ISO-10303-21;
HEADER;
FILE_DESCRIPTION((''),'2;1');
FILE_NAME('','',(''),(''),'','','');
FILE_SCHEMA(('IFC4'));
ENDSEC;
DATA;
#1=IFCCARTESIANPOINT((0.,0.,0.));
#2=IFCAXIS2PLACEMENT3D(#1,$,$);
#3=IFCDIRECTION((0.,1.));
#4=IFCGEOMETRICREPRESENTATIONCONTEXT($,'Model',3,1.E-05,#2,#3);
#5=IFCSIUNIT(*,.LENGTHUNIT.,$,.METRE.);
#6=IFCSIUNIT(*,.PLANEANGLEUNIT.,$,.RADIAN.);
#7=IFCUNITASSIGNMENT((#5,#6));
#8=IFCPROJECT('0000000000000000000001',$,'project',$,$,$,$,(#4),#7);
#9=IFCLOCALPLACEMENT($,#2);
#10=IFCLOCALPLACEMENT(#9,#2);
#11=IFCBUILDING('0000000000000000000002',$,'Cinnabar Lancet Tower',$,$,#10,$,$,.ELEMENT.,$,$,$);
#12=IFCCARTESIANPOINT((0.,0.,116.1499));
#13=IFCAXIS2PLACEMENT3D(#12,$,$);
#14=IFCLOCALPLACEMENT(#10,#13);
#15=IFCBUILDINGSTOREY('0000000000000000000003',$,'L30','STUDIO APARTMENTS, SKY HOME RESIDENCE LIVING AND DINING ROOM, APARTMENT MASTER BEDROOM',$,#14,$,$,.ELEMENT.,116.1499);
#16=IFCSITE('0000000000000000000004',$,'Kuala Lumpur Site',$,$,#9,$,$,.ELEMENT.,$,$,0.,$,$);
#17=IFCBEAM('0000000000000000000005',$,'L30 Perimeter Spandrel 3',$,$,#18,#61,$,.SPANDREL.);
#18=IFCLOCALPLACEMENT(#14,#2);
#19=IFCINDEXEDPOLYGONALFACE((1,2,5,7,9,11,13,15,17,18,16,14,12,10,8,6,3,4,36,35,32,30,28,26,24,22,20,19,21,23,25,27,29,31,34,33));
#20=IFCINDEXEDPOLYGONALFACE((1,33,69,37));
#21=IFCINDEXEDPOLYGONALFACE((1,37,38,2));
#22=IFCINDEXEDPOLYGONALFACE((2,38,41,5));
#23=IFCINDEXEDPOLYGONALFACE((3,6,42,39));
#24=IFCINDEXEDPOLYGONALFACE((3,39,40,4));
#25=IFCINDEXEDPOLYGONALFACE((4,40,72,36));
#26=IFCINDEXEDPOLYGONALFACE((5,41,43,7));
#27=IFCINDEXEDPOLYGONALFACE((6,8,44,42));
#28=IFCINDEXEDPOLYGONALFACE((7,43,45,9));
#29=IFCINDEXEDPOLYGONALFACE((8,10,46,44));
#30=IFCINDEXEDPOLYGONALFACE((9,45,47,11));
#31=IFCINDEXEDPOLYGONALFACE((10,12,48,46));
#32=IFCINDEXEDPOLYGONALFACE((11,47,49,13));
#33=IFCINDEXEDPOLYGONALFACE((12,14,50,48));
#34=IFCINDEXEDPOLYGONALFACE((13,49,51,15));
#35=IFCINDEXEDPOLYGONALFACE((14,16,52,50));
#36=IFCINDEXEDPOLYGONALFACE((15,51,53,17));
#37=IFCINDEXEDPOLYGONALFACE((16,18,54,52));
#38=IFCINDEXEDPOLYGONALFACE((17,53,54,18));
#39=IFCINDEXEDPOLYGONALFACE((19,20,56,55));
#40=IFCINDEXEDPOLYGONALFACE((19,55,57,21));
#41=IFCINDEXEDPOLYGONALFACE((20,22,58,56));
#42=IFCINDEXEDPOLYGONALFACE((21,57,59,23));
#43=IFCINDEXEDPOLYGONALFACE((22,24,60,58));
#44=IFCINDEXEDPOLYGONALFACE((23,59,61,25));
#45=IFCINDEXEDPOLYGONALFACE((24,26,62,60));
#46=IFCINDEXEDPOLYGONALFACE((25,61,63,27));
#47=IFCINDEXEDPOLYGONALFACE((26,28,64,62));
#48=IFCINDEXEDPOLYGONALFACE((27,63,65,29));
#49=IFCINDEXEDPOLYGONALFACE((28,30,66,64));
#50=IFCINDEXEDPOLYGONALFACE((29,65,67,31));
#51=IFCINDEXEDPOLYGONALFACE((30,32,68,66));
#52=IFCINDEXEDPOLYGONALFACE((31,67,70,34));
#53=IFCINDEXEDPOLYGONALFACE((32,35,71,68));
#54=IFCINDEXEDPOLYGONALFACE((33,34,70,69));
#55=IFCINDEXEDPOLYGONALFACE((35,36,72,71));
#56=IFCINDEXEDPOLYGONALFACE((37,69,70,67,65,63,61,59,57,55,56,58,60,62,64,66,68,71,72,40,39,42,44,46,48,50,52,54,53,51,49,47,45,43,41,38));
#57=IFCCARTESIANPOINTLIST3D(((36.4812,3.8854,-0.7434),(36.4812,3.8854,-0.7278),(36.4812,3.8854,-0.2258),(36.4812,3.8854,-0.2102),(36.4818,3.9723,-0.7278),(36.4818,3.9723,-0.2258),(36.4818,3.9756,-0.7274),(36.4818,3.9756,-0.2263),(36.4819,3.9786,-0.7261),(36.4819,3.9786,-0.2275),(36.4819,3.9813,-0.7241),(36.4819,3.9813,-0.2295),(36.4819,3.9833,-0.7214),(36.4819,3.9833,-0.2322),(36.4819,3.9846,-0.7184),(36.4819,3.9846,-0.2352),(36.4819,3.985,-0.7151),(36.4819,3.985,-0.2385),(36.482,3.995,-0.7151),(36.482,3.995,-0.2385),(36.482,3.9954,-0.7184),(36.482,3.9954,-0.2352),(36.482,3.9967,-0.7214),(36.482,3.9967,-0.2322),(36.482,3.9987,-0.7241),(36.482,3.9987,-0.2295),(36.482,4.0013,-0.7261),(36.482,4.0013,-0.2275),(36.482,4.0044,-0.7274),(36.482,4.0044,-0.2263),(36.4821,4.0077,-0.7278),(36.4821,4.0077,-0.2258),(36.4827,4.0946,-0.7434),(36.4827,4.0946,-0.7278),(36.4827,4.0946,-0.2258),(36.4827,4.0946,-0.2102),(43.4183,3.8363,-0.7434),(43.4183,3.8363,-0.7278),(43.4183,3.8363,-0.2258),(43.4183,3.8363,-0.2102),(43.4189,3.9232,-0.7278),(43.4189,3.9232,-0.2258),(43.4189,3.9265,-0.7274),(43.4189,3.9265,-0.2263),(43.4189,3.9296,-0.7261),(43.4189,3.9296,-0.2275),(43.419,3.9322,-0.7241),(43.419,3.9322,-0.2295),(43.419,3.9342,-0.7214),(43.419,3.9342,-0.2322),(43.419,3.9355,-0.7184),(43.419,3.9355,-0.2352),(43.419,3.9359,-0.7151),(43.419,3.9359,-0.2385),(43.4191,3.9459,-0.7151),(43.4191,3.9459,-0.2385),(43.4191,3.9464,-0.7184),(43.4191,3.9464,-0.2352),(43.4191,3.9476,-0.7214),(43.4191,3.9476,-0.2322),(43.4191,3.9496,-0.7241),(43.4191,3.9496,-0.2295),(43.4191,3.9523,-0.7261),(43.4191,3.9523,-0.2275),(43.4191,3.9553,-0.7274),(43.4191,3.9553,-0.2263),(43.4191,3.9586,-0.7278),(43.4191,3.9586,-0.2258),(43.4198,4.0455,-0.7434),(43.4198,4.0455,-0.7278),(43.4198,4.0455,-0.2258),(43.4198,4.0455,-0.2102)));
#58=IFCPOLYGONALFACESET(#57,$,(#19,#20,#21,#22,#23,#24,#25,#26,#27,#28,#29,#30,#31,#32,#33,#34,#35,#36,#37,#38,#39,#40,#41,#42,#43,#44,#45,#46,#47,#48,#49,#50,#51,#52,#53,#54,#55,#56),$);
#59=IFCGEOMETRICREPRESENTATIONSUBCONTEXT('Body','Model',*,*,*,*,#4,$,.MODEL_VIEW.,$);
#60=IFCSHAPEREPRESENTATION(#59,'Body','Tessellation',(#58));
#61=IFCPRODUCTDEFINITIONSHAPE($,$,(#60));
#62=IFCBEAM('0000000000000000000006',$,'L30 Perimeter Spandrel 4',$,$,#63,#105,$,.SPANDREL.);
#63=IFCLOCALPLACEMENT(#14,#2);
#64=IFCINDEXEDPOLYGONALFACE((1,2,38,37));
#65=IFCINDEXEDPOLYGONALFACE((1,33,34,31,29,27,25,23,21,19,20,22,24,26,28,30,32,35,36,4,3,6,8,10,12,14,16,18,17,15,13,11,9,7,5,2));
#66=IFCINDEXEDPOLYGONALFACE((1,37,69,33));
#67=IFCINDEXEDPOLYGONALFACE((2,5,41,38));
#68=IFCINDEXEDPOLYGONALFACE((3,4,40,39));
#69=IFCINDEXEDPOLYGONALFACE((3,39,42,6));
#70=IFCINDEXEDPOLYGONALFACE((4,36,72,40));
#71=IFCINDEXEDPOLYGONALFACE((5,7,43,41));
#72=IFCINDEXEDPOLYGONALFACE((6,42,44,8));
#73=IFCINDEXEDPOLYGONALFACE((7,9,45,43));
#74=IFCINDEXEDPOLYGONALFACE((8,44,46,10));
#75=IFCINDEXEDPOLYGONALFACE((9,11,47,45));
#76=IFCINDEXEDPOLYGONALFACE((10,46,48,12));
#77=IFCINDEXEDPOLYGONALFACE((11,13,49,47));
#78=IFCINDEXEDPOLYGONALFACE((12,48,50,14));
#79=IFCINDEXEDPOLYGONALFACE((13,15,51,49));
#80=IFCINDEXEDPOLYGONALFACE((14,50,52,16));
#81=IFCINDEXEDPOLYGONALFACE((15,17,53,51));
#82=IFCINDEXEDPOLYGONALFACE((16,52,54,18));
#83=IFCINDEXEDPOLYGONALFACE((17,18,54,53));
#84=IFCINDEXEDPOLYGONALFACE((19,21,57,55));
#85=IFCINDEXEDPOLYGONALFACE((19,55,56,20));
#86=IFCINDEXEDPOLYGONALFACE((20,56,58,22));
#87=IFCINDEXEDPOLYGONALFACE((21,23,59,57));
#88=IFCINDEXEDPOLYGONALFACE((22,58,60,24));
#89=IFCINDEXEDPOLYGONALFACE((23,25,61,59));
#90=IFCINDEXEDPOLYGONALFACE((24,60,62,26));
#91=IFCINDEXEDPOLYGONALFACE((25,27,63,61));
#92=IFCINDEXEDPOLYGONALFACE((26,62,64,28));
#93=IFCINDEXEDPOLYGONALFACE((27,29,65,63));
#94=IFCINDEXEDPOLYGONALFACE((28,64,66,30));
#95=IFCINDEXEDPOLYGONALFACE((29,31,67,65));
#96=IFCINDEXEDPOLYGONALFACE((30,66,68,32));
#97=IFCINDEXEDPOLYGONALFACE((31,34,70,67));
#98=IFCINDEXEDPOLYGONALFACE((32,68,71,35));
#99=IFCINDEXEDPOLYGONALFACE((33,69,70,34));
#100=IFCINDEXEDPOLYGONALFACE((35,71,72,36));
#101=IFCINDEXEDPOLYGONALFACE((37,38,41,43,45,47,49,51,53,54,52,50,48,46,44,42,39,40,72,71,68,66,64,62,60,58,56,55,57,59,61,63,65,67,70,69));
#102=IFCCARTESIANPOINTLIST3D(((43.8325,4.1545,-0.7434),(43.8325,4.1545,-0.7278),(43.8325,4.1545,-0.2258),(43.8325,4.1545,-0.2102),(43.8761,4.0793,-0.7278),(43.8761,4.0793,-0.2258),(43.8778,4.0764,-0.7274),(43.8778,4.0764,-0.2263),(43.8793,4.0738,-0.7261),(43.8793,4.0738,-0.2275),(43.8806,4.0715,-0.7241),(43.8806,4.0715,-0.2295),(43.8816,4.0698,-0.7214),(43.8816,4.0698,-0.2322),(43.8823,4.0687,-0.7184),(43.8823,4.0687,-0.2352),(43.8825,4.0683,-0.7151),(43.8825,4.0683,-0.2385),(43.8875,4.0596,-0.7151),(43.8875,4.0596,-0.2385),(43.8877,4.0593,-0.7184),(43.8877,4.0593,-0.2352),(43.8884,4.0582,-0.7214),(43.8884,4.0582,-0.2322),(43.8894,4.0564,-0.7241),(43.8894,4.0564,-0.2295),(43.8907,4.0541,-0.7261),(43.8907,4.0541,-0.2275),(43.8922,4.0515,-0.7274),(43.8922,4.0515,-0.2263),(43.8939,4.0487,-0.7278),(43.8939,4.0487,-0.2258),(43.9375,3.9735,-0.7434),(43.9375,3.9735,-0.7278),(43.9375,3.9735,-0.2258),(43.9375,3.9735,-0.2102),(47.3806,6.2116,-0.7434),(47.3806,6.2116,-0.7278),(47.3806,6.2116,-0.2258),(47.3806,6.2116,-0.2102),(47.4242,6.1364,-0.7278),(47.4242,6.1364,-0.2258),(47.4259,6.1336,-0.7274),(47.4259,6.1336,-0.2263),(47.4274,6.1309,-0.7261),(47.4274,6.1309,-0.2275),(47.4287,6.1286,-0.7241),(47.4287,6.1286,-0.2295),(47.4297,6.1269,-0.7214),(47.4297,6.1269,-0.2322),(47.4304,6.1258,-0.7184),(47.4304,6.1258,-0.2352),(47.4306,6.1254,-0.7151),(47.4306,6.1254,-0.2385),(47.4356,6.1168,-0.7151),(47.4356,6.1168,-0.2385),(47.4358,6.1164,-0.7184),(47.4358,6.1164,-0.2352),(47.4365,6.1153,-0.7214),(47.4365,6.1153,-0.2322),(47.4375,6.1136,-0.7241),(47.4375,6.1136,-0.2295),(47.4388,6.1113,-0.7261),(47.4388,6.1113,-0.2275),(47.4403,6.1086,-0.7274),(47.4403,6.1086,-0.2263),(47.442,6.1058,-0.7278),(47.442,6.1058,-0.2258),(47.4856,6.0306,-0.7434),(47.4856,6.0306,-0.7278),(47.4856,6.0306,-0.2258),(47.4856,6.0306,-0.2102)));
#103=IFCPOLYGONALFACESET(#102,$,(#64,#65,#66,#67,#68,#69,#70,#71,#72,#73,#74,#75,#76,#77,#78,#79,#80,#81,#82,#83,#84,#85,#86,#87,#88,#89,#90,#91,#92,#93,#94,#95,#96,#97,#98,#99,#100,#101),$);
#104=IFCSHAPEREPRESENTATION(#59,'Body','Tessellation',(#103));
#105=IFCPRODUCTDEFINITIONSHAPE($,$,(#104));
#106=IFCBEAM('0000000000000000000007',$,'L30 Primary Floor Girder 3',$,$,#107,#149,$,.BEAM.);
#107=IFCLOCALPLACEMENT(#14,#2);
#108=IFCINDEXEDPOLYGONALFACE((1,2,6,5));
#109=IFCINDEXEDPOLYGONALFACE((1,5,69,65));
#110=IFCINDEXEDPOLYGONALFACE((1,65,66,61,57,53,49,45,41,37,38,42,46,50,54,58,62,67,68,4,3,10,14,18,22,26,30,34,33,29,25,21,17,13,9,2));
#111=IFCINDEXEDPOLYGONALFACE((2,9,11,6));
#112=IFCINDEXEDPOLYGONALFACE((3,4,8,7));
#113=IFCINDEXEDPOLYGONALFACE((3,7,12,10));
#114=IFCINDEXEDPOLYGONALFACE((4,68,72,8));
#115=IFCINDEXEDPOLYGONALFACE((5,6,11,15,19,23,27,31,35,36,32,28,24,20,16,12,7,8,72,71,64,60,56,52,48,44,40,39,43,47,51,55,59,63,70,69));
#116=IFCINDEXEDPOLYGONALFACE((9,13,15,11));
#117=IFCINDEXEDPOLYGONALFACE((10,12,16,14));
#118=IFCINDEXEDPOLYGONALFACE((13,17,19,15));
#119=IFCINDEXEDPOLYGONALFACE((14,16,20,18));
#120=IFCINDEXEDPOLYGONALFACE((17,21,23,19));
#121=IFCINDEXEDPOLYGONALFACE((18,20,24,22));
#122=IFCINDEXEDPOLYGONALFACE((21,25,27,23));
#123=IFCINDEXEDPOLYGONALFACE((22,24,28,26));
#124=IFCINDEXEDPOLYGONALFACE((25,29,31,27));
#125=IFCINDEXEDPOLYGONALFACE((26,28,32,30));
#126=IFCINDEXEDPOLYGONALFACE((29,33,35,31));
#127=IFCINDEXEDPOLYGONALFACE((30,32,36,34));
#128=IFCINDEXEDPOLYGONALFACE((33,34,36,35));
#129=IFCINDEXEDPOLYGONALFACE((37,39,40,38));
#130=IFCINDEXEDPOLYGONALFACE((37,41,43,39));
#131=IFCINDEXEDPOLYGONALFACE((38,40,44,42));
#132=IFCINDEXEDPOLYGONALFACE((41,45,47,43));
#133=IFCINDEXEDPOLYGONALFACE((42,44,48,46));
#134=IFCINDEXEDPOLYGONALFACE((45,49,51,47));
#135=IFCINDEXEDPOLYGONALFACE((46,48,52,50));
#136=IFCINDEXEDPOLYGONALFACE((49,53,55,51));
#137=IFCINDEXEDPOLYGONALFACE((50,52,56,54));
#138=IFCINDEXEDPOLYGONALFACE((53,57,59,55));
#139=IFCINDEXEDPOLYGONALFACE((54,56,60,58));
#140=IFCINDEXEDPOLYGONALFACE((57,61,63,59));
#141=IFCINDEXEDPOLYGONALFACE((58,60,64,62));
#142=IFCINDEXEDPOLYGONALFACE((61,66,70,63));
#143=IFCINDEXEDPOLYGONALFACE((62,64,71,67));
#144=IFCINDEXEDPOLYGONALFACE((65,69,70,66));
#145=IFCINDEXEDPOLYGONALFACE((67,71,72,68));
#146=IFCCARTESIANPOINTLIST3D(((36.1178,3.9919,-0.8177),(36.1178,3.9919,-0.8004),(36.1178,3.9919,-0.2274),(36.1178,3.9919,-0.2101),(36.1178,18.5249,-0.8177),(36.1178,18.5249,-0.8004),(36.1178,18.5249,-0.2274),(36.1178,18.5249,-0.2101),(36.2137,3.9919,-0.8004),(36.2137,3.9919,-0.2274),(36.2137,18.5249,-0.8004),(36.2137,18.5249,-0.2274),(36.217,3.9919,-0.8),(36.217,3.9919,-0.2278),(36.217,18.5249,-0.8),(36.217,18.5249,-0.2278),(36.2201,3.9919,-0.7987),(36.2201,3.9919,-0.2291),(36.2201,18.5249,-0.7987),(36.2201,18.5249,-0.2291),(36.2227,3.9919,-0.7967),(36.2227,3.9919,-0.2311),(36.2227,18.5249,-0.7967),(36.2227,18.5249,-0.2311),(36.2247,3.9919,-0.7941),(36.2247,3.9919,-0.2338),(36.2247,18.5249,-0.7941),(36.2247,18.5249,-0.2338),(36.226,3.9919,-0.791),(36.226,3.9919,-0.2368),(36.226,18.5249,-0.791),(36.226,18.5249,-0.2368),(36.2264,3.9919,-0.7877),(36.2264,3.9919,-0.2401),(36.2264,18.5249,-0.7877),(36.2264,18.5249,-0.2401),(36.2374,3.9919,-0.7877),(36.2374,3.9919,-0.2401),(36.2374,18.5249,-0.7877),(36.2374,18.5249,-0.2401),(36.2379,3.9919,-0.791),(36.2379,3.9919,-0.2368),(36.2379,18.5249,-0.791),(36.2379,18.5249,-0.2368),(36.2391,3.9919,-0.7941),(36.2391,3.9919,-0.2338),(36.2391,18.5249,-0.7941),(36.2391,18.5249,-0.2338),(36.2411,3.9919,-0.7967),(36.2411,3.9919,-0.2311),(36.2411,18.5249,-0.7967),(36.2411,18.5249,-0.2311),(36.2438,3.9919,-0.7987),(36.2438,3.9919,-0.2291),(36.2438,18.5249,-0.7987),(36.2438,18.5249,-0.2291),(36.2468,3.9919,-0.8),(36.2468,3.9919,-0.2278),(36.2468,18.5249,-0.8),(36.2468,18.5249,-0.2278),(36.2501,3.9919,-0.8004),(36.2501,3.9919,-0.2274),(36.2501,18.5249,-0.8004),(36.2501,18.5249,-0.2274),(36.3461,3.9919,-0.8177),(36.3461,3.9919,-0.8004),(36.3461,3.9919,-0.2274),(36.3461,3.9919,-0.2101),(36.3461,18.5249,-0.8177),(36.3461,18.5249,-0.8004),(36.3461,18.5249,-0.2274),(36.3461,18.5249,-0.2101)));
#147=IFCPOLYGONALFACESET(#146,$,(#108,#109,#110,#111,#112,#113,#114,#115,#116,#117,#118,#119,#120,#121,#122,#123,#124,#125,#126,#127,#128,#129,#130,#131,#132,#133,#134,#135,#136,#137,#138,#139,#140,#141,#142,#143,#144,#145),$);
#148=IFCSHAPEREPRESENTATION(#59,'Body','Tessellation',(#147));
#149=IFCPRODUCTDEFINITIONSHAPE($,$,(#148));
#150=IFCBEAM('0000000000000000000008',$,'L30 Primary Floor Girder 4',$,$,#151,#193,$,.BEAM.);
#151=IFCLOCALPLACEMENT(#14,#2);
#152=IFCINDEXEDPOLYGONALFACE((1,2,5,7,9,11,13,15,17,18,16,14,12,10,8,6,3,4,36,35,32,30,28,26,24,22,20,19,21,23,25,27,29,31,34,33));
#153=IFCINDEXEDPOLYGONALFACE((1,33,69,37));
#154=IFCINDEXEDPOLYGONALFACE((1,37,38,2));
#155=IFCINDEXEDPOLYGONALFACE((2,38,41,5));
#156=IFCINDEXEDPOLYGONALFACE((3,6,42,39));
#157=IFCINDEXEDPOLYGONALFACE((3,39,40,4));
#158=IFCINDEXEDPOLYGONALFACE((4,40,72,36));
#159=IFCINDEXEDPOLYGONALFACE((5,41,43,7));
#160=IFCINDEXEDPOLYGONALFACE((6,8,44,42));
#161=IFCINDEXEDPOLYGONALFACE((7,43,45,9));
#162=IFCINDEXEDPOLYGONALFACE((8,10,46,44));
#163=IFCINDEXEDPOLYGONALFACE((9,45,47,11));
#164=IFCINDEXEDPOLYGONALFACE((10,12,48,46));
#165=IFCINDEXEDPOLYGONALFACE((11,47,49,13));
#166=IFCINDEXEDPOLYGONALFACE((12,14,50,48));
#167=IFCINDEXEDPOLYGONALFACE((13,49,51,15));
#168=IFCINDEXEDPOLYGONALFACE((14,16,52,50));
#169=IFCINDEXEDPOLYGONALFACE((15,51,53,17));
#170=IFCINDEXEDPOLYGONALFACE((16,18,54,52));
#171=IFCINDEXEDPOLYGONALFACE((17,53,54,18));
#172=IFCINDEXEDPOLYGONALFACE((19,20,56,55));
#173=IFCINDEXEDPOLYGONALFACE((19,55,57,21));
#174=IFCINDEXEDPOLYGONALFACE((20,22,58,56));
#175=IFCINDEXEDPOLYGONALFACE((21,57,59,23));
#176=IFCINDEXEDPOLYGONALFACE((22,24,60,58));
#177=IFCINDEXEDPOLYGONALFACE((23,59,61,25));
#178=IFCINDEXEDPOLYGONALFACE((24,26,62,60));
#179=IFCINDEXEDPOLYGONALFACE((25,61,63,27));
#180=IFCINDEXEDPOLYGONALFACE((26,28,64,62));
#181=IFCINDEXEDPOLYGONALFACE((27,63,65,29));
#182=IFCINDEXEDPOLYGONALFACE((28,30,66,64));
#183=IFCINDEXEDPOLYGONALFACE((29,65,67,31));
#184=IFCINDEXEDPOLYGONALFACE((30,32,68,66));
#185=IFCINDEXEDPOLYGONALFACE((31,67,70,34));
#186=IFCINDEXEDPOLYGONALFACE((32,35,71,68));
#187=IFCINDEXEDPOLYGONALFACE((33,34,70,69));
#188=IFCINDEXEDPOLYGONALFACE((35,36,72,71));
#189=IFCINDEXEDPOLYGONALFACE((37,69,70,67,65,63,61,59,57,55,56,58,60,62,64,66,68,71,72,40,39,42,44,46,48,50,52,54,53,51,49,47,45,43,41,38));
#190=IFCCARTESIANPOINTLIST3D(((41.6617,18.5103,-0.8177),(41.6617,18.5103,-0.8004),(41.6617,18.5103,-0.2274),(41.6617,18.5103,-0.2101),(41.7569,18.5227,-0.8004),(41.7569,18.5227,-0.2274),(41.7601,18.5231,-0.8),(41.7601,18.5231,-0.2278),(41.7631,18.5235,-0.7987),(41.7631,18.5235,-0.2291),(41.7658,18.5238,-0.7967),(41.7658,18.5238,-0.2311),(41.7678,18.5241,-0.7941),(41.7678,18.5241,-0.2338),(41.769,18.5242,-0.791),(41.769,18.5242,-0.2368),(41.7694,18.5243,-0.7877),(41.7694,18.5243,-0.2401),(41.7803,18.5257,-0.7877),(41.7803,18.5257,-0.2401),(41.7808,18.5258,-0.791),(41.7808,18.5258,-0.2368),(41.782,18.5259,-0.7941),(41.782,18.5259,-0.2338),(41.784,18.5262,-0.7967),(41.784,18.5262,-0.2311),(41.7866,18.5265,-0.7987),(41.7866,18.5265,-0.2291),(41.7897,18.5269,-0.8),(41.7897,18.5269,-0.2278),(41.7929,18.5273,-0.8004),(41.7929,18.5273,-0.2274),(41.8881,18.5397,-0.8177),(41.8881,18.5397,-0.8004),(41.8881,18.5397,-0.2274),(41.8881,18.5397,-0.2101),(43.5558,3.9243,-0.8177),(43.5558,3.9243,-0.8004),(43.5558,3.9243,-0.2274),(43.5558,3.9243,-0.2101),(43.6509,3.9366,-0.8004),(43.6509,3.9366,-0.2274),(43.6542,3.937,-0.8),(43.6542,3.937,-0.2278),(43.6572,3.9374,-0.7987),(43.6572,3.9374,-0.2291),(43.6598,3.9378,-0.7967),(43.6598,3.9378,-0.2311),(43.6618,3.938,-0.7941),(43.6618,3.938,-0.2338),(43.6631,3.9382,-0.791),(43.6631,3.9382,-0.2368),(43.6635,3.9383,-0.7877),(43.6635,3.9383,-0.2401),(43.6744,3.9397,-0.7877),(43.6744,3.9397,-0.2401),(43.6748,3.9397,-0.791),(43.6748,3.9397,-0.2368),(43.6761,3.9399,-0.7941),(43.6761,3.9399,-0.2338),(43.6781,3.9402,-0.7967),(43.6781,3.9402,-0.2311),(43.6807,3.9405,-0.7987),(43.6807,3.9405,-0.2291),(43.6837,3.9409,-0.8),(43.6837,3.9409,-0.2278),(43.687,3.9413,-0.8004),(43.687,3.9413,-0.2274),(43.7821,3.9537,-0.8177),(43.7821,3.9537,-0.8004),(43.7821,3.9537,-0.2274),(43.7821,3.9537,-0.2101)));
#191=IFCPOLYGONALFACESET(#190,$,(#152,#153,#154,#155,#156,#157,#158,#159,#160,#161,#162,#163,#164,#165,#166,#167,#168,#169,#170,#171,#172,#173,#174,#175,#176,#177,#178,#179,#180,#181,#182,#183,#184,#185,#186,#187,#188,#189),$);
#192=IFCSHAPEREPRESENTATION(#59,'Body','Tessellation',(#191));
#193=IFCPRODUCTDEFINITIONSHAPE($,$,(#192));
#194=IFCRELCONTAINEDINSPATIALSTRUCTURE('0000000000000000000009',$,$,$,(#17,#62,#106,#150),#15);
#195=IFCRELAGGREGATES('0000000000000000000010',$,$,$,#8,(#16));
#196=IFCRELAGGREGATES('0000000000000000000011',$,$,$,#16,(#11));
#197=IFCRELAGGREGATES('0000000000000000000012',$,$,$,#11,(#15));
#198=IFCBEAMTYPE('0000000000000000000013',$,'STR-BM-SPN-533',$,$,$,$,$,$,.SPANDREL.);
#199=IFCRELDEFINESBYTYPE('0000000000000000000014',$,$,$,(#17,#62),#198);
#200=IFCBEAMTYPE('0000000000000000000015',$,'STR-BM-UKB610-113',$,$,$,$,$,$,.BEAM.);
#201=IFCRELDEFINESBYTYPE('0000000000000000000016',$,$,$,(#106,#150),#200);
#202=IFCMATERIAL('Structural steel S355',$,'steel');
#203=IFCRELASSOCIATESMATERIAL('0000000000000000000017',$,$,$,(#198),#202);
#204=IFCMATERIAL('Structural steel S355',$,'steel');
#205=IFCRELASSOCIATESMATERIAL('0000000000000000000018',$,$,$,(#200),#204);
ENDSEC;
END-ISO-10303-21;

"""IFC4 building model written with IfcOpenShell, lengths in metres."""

from ifc_helpers import new_model, si_unit, direction, frame, origin, origin_2d, place, context, subcontext, project, spatial, i_section, extrude, material, material_profile, profile_set, type_object, element, save


model = new_model("IFC4")

# Units and contexts
model_context = context("Model", 3, precision=1e-05, world=origin(), true_north=direction((0.0, 1.0)))
body_context = subcontext(model_context, "Body", "Model", "MODEL_VIEW")
ifc_project = project(units=[si_unit("LENGTHUNIT", "METRE"), si_unit("PLANEANGLEUNIT", "RADIAN")], contexts=[model_context])

# Site, building, storey
site_placement = place(None, origin())
site = spatial("IfcSite", under=ifc_project, at=site_placement, Name="Kuala Lumpur Site", CompositionType="ELEMENT", RefElevation=0.0)
building_placement = place(site_placement, origin())
building = spatial("IfcBuilding", under=site, at=building_placement, Name="Cinnabar Lancet Tower", CompositionType="ELEMENT")
storey_placement = place(building_placement, frame((0.0, 0.0, 116.1499)))
storey = spatial("IfcBuildingStorey", under=building, at=storey_placement, Name="L30", Description="STUDIO APARTMENTS, SKY HOME RESIDENCE LIVING AND DINING ROOM, APARTMENT MASTER BEDROOM", CompositionType="ELEMENT", Elevation=116.1499)

# Beams
ifc_material_1 = material(Name="Structural steel S355", Category="steel")
ifc_material_profile_1 = material_profile(ifc_material_1, i_section(OverallWidth=0.2092, OverallDepth=0.5332, WebThickness=0.01, FlangeThickness=0.0156, FilletRadius=0.0127, at=origin_2d()), Name="UKB 533x210x92")
ifc_profile_set_1 = profile_set([ifc_material_profile_1], Name="Structural steel S355")
beam_type_1 = type_object("IfcBeamType", Name="STR-BM-SPN-533", PredefinedType="SPANDREL", material=ifc_profile_set_1)
beam_1_placement = place(storey_placement, frame((36.4819, 3.99, -0.4768), z_axis=(0.999975, -0.007074, 0.0), x_axis=(0.007074, 0.999975, 0.0)))
element("IfcBeam", 1, at=beam_1_placement, inside=storey, type_object=beam_type_1, Name="L30 Perimeter Spandrel 3", PredefinedType="SPANDREL", context=body_context, shape_type="SweptSolid", body=[
    extrude(i_section(OverallWidth=0.2092, OverallDepth=0.5332, WebThickness=0.01, FlangeThickness=0.0156, FilletRadius=0.0127, at=origin_2d()), origin(), (0.0, 0.0, 1.0), 6.9373),
])
beam_2_placement = place(storey_placement, frame((43.885, 4.064, -0.4768), z_axis=(0.865112, 0.501578, 0.0), x_axis=(-0.501578, 0.865112, 0.0)))
element("IfcBeam", 2, at=beam_2_placement, inside=storey, type_object=beam_type_1, Name="L30 Perimeter Spandrel 4", PredefinedType="SPANDREL", context=body_context, shape_type="SweptSolid", body=[
    extrude(i_section(OverallWidth=0.2092, OverallDepth=0.5332, WebThickness=0.01, FlangeThickness=0.0156, FilletRadius=0.0127, at=origin_2d()), origin(), (0.0, 0.0, 1.0), 4.1013),
])
ifc_material_2 = material(Name="Structural steel S355", Category="steel")
ifc_material_profile_2 = material_profile(ifc_material_2, i_section(OverallWidth=0.2283, OverallDepth=0.6077, WebThickness=0.011, FlangeThickness=0.0173, FilletRadius=0.0127, at=origin_2d()), Name="UKB 610x229x113")
ifc_profile_set_2 = profile_set([ifc_material_profile_2], Name="Structural steel S355")
beam_type_2 = type_object("IfcBeamType", Name="STR-BM-UKB610-113", PredefinedType="BEAM", material=ifc_profile_set_2)
beam_3_placement = place(storey_placement, frame((36.2319, 3.9919, -0.5139), z_axis=(0.0, 1.0, 0.0), x_axis=(-1.0, 0.0, 0.0)))
element("IfcBeam", 3, at=beam_3_placement, inside=storey, type_object=beam_type_2, Name="L30 Primary Floor Girder 3", PredefinedType="BEAM", context=body_context, shape_type="SweptSolid", body=[
    extrude(i_section(OverallWidth=0.2283, OverallDepth=0.6077, WebThickness=0.011, FlangeThickness=0.0173, FilletRadius=0.0127, at=origin_2d()), origin(), (0.0, 0.0, 1.0), 14.533),
])
beam_4_placement = place(storey_placement, frame((43.6689, 3.939, -0.5139), z_axis=(-0.128773, 0.991674, 0.0), x_axis=(-0.991674, -0.128773, 0.0)))
element("IfcBeam", 4, at=beam_4_placement, inside=storey, type_object=beam_type_2, Name="L30 Primary Floor Girder 4", PredefinedType="BEAM", context=body_context, shape_type="SweptSolid", body=[
    extrude(i_section(OverallWidth=0.2283, OverallDepth=0.6077, WebThickness=0.011, FlangeThickness=0.0173, FilletRadius=0.0127, at=origin_2d()), origin(), (0.0, 0.0, 1.0), 14.7085),
])

save(model, "model.ifc")
